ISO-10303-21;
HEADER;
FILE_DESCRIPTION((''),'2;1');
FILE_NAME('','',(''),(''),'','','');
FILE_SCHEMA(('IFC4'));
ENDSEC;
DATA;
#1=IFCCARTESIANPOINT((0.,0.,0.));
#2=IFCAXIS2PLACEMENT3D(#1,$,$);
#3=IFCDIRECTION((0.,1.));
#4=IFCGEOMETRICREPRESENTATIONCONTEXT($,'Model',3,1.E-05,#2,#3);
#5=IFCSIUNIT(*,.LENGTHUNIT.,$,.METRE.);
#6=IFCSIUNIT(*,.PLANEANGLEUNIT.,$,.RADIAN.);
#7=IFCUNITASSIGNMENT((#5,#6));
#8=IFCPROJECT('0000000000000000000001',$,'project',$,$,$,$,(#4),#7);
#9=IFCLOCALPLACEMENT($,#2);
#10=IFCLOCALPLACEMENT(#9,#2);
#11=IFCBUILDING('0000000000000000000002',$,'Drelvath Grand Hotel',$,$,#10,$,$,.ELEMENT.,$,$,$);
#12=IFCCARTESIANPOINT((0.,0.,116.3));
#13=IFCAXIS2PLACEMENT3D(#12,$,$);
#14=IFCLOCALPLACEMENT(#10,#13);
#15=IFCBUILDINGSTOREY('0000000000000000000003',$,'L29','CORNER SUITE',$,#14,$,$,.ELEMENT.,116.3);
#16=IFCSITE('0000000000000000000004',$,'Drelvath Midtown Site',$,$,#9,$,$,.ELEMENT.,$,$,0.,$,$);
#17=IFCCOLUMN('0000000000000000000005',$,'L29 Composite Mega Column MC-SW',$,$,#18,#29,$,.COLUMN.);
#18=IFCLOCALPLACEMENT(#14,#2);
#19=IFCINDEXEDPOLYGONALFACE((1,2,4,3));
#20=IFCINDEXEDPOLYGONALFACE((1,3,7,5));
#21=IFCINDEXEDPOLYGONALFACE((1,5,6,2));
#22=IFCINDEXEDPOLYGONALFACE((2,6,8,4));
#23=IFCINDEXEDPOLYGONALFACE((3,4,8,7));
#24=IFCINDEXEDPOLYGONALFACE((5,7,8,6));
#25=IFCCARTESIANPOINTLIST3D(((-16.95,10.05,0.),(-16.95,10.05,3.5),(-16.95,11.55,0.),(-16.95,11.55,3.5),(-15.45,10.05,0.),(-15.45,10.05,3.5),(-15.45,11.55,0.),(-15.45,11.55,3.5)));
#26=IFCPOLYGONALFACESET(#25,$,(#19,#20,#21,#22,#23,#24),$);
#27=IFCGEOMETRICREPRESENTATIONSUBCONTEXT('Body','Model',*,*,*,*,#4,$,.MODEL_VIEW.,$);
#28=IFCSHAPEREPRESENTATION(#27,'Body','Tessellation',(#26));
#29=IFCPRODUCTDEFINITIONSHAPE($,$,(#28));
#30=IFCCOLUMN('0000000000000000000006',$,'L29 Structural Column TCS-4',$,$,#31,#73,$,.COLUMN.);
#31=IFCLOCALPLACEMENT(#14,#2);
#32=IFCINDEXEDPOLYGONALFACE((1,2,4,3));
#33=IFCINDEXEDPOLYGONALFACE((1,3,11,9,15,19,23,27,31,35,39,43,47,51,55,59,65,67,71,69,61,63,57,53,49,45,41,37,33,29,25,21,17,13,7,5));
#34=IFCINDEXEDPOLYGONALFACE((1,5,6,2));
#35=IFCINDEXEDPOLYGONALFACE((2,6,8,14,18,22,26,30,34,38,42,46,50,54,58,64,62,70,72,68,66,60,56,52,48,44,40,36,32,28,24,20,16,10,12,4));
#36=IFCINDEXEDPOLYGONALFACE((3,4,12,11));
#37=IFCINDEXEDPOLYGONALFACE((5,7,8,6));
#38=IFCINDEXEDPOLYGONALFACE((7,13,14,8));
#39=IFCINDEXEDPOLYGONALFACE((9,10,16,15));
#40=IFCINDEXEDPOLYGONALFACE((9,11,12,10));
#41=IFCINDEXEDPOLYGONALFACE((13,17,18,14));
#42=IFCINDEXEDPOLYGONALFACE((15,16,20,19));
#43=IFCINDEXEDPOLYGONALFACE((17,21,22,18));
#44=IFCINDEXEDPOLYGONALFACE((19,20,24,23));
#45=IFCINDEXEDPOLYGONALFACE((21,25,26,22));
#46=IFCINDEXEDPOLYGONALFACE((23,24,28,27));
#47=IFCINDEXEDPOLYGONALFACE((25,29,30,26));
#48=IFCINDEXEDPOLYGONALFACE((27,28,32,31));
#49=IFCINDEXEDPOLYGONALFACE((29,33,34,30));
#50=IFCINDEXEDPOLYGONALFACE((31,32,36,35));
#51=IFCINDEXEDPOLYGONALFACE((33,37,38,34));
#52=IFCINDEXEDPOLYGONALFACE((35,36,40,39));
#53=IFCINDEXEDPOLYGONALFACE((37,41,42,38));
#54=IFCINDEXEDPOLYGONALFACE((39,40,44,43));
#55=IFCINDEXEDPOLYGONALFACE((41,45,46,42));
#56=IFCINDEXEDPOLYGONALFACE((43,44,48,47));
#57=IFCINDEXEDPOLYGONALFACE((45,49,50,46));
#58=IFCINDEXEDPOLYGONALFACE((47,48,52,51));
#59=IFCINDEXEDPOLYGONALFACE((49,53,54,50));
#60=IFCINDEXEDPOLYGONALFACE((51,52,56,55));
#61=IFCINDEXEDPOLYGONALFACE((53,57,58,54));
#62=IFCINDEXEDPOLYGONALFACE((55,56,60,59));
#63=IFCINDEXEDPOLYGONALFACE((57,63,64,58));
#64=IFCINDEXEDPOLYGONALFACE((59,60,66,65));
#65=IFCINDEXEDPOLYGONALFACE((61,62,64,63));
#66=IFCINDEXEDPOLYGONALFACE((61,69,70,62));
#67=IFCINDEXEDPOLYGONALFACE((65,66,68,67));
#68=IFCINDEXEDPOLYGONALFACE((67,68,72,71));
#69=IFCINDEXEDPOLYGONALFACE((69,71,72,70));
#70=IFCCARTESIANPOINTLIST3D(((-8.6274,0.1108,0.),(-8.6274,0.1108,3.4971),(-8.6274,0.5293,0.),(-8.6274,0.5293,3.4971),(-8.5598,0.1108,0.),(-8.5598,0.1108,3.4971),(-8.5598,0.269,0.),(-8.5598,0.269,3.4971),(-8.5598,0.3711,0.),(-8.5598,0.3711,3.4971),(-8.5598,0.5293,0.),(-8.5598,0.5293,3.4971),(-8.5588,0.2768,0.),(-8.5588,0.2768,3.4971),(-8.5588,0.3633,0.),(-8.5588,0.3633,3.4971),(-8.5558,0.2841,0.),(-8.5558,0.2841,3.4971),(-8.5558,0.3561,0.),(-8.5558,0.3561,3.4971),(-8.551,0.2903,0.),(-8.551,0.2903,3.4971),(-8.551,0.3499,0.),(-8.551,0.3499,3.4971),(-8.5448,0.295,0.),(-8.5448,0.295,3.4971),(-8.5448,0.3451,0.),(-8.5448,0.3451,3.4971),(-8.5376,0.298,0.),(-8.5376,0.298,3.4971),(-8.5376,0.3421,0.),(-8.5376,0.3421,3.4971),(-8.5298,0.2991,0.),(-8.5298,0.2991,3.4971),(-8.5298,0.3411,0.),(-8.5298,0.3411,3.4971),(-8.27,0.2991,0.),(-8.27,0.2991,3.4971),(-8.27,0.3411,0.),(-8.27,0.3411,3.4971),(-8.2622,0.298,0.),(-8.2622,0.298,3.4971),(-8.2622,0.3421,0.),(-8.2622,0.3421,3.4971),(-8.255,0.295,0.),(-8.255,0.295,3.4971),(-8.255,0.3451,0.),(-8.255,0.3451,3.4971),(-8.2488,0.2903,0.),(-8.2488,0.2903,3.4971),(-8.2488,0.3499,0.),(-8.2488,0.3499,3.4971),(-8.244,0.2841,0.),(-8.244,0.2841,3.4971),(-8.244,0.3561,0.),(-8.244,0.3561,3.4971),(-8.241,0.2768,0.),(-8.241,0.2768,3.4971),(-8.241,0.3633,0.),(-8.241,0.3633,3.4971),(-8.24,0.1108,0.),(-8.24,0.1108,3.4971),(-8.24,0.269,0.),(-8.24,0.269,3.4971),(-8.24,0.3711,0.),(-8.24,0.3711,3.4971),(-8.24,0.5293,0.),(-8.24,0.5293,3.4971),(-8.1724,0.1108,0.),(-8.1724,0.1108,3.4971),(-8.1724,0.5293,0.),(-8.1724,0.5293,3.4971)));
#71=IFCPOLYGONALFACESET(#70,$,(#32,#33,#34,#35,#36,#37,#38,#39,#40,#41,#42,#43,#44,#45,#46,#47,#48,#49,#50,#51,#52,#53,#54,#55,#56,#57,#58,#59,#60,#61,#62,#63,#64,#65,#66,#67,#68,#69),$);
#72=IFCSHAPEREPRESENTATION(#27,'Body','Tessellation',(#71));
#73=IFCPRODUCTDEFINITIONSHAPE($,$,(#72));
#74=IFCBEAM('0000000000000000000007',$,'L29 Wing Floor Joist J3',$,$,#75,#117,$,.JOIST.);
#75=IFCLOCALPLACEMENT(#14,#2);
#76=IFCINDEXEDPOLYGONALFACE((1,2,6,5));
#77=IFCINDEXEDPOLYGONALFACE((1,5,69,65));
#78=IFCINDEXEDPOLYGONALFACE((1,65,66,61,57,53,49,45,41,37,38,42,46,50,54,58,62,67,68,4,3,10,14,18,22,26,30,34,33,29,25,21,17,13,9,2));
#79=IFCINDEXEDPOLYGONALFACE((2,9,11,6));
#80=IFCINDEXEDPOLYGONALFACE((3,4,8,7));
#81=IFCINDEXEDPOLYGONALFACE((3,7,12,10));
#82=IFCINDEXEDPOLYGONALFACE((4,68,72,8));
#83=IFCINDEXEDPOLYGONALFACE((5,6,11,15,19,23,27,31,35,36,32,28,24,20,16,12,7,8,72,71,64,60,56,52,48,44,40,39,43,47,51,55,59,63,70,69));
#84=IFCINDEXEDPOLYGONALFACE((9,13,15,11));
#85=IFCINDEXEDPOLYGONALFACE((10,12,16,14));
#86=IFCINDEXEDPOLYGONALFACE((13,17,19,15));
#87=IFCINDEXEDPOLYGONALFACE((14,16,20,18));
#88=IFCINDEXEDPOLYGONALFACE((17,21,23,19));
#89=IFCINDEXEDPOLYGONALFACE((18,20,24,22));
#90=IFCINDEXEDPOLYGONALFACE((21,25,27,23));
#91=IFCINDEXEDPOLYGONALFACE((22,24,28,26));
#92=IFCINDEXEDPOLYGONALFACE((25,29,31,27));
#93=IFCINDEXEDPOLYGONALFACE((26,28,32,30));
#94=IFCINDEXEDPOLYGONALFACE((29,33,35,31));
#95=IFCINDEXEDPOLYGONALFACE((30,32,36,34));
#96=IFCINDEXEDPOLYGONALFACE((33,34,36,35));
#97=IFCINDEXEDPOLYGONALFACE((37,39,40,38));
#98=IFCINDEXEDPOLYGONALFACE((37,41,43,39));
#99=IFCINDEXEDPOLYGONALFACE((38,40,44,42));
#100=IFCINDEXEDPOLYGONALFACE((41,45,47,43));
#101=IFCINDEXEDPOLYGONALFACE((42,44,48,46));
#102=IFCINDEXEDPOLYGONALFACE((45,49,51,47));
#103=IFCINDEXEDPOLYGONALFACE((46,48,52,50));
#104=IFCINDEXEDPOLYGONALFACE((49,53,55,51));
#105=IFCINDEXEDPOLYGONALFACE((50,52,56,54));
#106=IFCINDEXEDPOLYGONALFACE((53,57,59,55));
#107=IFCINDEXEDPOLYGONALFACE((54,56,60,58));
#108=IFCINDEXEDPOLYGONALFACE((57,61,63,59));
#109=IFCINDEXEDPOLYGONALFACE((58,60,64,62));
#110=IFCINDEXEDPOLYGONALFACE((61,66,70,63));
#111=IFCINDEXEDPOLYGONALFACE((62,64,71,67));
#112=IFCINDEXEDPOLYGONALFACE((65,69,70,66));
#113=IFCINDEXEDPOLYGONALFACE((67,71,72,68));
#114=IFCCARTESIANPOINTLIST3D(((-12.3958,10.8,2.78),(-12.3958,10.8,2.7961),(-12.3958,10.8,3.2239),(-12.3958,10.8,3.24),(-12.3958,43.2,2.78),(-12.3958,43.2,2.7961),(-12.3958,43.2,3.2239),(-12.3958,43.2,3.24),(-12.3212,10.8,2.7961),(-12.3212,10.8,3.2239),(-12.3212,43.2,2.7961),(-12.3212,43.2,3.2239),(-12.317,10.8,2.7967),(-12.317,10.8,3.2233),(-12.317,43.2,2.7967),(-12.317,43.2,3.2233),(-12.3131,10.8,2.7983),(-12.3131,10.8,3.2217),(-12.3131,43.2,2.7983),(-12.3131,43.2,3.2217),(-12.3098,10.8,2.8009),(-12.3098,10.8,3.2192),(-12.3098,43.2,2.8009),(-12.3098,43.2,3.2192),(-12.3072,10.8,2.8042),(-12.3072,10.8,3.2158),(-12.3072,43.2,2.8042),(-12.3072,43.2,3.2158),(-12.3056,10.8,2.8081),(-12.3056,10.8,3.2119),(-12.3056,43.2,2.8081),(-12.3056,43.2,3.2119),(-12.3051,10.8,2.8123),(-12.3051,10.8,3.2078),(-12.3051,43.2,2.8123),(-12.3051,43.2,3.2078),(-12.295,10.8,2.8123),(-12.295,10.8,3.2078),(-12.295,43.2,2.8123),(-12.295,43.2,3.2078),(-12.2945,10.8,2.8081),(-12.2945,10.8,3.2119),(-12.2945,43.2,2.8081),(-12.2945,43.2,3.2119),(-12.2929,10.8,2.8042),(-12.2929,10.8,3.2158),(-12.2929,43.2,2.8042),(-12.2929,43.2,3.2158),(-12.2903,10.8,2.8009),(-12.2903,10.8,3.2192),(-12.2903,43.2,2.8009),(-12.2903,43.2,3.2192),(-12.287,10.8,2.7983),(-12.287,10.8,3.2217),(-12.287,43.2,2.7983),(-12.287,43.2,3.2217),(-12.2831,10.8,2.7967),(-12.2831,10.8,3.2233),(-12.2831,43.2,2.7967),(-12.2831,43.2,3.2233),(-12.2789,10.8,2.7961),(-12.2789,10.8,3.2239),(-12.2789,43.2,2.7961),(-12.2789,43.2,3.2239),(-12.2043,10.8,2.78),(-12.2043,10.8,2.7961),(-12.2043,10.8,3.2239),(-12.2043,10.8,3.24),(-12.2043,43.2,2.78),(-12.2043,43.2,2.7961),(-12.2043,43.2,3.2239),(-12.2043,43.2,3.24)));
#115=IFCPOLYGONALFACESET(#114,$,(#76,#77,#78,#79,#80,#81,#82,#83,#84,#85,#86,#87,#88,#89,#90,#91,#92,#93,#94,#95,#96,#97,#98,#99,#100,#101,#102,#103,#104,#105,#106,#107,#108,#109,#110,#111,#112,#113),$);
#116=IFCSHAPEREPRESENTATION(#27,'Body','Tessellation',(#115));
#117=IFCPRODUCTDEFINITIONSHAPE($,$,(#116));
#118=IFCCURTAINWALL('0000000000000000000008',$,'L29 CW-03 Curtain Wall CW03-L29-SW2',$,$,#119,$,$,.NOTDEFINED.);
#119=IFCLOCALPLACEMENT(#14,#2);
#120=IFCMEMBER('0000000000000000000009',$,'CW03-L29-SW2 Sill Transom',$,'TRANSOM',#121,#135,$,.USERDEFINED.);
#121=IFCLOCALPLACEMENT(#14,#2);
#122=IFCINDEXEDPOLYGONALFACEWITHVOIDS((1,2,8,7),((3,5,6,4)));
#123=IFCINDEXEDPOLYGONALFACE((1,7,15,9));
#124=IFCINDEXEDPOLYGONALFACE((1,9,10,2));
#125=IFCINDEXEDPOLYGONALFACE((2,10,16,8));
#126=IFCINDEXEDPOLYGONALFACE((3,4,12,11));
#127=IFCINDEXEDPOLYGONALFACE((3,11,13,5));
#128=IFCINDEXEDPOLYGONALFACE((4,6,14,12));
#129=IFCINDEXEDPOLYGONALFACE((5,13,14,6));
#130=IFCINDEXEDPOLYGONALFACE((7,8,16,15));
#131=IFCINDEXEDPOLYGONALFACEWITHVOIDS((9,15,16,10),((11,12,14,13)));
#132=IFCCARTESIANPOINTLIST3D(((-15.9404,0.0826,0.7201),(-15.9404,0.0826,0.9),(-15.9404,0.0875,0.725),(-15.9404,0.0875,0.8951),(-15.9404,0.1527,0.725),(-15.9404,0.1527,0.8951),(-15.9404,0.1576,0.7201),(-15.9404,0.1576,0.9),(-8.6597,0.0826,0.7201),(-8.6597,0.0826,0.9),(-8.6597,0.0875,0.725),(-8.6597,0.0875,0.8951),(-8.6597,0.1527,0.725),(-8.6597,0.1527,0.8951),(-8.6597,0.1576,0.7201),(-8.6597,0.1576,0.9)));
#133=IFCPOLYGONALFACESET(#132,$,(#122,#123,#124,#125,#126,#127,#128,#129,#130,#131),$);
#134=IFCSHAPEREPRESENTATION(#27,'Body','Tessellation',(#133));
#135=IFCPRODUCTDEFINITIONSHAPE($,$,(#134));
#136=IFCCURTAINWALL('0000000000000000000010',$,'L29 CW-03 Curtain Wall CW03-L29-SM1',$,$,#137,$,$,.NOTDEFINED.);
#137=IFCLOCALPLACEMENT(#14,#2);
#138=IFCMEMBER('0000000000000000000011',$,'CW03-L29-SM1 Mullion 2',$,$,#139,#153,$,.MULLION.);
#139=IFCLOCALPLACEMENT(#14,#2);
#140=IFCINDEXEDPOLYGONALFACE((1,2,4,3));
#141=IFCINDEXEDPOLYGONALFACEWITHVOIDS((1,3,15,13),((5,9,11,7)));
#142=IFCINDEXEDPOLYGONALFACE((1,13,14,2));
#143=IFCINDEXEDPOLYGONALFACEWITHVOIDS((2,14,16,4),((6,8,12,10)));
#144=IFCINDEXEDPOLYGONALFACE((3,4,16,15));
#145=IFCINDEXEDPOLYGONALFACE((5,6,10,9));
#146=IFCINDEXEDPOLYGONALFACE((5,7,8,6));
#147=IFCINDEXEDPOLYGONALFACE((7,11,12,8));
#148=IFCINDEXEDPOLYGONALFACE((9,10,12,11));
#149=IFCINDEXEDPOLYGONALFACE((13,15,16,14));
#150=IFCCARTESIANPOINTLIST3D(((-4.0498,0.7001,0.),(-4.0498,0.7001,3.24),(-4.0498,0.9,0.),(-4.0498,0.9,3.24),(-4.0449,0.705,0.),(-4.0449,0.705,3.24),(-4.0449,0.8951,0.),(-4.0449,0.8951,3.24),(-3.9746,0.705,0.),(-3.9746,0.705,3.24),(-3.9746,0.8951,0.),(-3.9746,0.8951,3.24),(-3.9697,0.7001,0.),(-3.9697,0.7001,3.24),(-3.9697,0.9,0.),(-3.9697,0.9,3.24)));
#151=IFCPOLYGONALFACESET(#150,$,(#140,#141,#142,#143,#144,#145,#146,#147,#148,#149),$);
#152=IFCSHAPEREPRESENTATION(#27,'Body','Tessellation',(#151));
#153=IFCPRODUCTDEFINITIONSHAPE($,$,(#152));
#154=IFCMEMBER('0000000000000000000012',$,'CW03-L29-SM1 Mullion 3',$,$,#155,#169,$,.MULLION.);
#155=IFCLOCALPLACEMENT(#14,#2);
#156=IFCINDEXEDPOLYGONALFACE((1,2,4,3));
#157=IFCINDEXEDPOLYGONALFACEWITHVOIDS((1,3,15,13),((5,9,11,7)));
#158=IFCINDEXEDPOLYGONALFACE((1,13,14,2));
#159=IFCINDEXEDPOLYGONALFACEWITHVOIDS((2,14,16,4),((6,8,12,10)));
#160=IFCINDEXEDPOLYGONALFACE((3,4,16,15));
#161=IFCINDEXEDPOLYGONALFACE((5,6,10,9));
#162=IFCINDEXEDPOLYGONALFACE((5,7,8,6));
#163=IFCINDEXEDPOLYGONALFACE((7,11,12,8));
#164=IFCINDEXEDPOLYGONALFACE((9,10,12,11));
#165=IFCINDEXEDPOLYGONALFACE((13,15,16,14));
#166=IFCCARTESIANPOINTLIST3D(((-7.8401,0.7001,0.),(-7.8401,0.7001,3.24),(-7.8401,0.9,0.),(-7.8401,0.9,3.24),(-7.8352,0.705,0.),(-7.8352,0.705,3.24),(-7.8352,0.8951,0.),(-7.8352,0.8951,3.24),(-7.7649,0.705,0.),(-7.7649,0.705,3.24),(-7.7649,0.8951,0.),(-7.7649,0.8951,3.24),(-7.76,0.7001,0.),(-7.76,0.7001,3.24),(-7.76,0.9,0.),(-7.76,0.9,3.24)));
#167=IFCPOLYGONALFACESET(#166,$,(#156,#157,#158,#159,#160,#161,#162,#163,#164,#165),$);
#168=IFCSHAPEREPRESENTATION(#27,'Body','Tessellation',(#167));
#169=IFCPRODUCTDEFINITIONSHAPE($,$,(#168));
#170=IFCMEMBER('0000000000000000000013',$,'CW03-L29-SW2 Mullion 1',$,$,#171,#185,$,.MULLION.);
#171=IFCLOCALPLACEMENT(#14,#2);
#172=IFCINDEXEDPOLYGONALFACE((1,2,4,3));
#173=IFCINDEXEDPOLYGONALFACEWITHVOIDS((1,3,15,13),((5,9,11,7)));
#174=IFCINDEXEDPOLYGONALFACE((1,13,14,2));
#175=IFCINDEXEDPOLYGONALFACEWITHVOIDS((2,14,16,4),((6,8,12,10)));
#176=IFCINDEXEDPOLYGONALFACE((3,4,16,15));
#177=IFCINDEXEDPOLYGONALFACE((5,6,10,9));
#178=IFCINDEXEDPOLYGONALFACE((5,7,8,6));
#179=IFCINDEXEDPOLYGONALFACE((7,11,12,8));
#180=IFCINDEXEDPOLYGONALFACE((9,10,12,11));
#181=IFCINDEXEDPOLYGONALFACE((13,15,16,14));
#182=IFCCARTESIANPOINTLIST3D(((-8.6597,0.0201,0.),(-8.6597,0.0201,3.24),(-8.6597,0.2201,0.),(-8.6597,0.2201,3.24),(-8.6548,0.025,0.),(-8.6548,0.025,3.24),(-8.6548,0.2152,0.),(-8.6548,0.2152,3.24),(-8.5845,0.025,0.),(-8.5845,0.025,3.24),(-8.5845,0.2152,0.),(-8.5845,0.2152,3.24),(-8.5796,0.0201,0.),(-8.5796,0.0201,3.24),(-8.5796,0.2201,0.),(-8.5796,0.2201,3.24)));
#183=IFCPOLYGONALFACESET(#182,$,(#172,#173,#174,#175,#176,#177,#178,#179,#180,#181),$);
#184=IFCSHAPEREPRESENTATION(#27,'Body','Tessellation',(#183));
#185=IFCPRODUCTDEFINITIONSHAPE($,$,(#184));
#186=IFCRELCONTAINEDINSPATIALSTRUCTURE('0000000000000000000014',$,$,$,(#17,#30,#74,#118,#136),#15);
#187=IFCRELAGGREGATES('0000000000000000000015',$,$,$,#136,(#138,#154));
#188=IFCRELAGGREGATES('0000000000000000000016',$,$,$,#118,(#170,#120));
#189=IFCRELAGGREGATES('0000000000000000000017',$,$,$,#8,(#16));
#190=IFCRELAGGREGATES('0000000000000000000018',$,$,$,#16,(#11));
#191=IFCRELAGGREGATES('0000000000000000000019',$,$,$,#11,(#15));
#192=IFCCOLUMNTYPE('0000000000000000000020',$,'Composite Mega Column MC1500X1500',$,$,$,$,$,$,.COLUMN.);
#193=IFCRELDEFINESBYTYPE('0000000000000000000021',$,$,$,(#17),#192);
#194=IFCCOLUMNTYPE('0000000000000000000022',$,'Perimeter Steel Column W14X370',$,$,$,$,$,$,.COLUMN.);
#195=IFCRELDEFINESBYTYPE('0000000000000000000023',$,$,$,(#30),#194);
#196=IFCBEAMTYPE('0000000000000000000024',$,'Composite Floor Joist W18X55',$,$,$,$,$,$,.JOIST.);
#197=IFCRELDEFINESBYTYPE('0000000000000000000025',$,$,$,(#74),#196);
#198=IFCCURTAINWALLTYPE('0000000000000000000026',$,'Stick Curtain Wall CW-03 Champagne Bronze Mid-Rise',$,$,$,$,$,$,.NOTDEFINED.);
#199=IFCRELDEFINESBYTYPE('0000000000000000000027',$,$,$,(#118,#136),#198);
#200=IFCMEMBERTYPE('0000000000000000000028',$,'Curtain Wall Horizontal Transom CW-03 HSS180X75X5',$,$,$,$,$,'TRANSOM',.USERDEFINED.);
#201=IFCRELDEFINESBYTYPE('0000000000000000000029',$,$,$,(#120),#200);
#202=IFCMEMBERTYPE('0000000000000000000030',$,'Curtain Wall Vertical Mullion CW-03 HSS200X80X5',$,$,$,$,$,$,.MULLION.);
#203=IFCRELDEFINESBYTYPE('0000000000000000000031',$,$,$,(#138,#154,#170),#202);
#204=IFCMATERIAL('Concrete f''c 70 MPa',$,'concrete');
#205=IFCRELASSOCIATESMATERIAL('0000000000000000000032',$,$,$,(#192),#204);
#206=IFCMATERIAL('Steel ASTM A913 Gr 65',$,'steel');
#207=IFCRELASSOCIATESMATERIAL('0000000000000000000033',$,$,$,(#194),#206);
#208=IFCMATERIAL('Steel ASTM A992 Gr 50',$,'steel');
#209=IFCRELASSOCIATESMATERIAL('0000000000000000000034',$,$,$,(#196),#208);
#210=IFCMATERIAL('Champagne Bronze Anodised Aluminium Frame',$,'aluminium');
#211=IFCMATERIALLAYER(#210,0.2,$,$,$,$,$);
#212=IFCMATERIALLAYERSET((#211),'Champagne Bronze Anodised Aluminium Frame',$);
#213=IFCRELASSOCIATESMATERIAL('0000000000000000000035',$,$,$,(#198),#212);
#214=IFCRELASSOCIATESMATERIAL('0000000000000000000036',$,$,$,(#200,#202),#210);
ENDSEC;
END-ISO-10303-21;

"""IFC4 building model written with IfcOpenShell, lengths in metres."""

from ifc_helpers import new_model, si_unit, direction, frame, origin, origin_2d, place, context, subcontext, project, spatial, rectangle, hollow_rectangle, i_section, extrude, material, layer, layer_set, material_profile, profile_set, type_object, element, aggregate, save


model = new_model("IFC4")

# Units and contexts
model_context = context("Model", 3, precision=1e-05, world=origin(), true_north=direction((0.0, 1.0)))
body_context = subcontext(model_context, "Body", "Model", "MODEL_VIEW")
ifc_project = project(units=[si_unit("LENGTHUNIT", "METRE"), si_unit("PLANEANGLEUNIT", "RADIAN")], contexts=[model_context])

# Site, building, storey
site_placement = place(None, origin())
site = spatial("IfcSite", under=ifc_project, at=site_placement, Name="Drelvath Midtown Site", CompositionType="ELEMENT", RefElevation=0.0)
building_placement = place(site_placement, origin())
building = spatial("IfcBuilding", under=site, at=building_placement, Name="Drelvath Grand Hotel", CompositionType="ELEMENT")
storey_placement = place(building_placement, frame((0.0, 0.0, 116.3)))
storey = spatial("IfcBuildingStorey", under=building, at=storey_placement, Name="L29", Description="CORNER SUITE", CompositionType="ELEMENT", Elevation=116.3)

# Columns
ifc_material_1 = material(Name="Concrete f'c 70 MPa", Category="concrete")
ifc_material_profile_1 = material_profile(ifc_material_1, rectangle(XDim=1.5, YDim=1.5, at=origin_2d()), Name="MC1500X1500")
ifc_profile_set_1 = profile_set([ifc_material_profile_1], Name="Concrete f'c 70 MPa")
column_type_1 = type_object("IfcColumnType", Name="Composite Mega Column MC1500X1500", PredefinedType="COLUMN", material=ifc_profile_set_1)
column_1_placement = place(storey_placement, frame((-16.2, 10.8, 0.0), z_axis=(0.0, 0.0, 1.0), x_axis=(1.0, 0.0, 0.0)))
element("IfcColumn", 1, at=column_1_placement, inside=storey, type_object=column_type_1, Name="L29 Composite Mega Column MC-SW", PredefinedType="COLUMN", context=body_context, shape_type="SweptSolid", body=[
    extrude(rectangle(XDim=1.5, YDim=1.5, at=origin_2d()), origin(), (0.0, 0.0, 1.0), 3.5),
])
ifc_material_2 = material(Name="Steel ASTM A913 Gr 65", Category="steel")
ifc_material_profile_2 = material_profile(ifc_material_2, i_section(OverallWidth=0.4185, OverallDepth=0.4551, WebThickness=0.042, FlangeThickness=0.0676, FilletRadius=0.03, at=origin_2d()), Name="W14X370")
ifc_profile_set_2 = profile_set([ifc_material_profile_2], Name="Steel ASTM A913 Gr 65")
column_type_2 = type_object("IfcColumnType", Name="Perimeter Steel Column W14X370", PredefinedType="COLUMN", material=ifc_profile_set_2)
column_2_placement = place(storey_placement, frame((-8.3999, 0.3201, 0.0), z_axis=(0.0, 0.0, 1.0), x_axis=(0.0, 1.0, 0.0)))
element("IfcColumn", 2, at=column_2_placement, inside=storey, type_object=column_type_2, Name="L29 Structural Column TCS-4", PredefinedType="COLUMN", context=body_context, shape_type="SweptSolid", body=[
    extrude(i_section(OverallWidth=0.4185, OverallDepth=0.4551, WebThickness=0.042, FlangeThickness=0.0676, FilletRadius=0.03, at=origin_2d()), origin(), (0.0, 0.0, 1.0), 3.4971),
])

# Beam
ifc_material_3 = material(Name="Steel ASTM A992 Gr 50", Category="steel")
ifc_material_profile_3 = material_profile(ifc_material_3, i_section(OverallWidth=0.1914, OverallDepth=0.46, WebThickness=0.01, FlangeThickness=0.0161, FilletRadius=0.0161, at=origin_2d()), Name="W18X55")
ifc_profile_set_3 = profile_set([ifc_material_profile_3], Name="Steel ASTM A992 Gr 50")
beam_type_1 = type_object("IfcBeamType", Name="Composite Floor Joist W18X55", PredefinedType="JOIST", material=ifc_profile_set_3)
beam_1_placement = place(storey_placement, frame((-12.3, 10.8, 3.01), z_axis=(0.0, 1.0, 0.0), x_axis=(-1.0, 0.0, 0.0)))
element("IfcBeam", 3, at=beam_1_placement, inside=storey, type_object=beam_type_1, Name="L29 Wing Floor Joist J3", PredefinedType="JOIST", context=body_context, shape_type="SweptSolid", body=[
    extrude(i_section(OverallWidth=0.1914, OverallDepth=0.46, WebThickness=0.01, FlangeThickness=0.0161, FilletRadius=0.0161, at=origin_2d()), origin(), (0.0, 0.0, 1.0), 32.3999),
])

# Curtain wall, member
ifc_material_4 = material(Name="Champagne Bronze Anodised Aluminium Frame", Category="aluminium")
ifc_layer_1 = layer(ifc_material_4, 0.2)
ifc_layer_set_1 = layer_set([ifc_layer_1], Name="Champagne Bronze Anodised Aluminium Frame")
curtain_wall_type = type_object("IfcCurtainWallType", Name="Stick Curtain Wall CW-03 Champagne Bronze Mid-Rise", PredefinedType="NOTDEFINED", material=ifc_layer_set_1)
curtain_wall_1_placement = place(storey_placement, origin())
curtain_wall_1 = element("IfcCurtainWall", 4, at=curtain_wall_1_placement, inside=storey, type_object=curtain_wall_type, Name="L29 CW-03 Curtain Wall CW03-L29-SW2", PredefinedType="NOTDEFINED")
ifc_material_profile_4 = material_profile(ifc_material_4, hollow_rectangle(XDim=0.075, YDim=0.1799, WallThickness=0.0049, at=origin_2d()), Name="HSS180X75X5")
ifc_profile_set_4 = profile_set([ifc_material_profile_4], Name="Champagne Bronze Anodised Aluminium Frame")
member_type_1 = type_object("IfcMemberType", Name="Curtain Wall Horizontal Transom CW-03 HSS180X75X5", ElementType="TRANSOM", PredefinedType="USERDEFINED", material=ifc_profile_set_4)
member_1_placement = place(storey_placement, frame((-8.6597, 0.1201, 0.8101), z_axis=(-1.0, 0.0, 0.0), x_axis=(0.0, -1.0, 0.0)))
member_1 = element("IfcMember", 5, at=member_1_placement, type_object=member_type_1, Name="CW03-L29-SW2 Sill Transom", ObjectType="TRANSOM", PredefinedType="USERDEFINED", context=body_context, shape_type="SweptSolid", body=[
    extrude(hollow_rectangle(XDim=0.075, YDim=0.1799, WallThickness=0.0049, at=origin_2d()), origin(), (0.0, 0.0, 1.0), 7.2808),
])

# Curtain wall, members
curtain_wall_2_placement = place(storey_placement, origin())
curtain_wall_2 = element("IfcCurtainWall", 6, at=curtain_wall_2_placement, inside=storey, type_object=curtain_wall_type, Name="L29 CW-03 Curtain Wall CW03-L29-SM1", PredefinedType="NOTDEFINED")
ifc_material_profile_5 = material_profile(ifc_material_4, hollow_rectangle(XDim=0.0801, YDim=0.2, WallThickness=0.0049, at=origin_2d()), Name="HSS200X80X5")
ifc_profile_set_5 = profile_set([ifc_material_profile_5], Name="Champagne Bronze Anodised Aluminium Frame")
member_type_2 = type_object("IfcMemberType", Name="Curtain Wall Vertical Mullion CW-03 HSS200X80X5", PredefinedType="MULLION", material=ifc_profile_set_5)
member_2_placement = place(storey_placement, frame((-4.0098, 0.8, 0.0), z_axis=(0.0, 0.0, 1.0), x_axis=(1.0, 0.0, 0.0)))
member_2 = element("IfcMember", 7, at=member_2_placement, type_object=member_type_2, Name="CW03-L29-SM1 Mullion 2", PredefinedType="MULLION", context=body_context, shape_type="SweptSolid", body=[
    extrude(hollow_rectangle(XDim=0.0801, YDim=0.2, WallThickness=0.0049, at=origin_2d()), origin(), (0.0, 0.0, 1.0), 3.24),
])
member_3_placement = place(storey_placement, frame((-7.8, 0.8, 0.0), z_axis=(0.0, 0.0, 1.0), x_axis=(1.0, 0.0, 0.0)))
member_3 = element("IfcMember", 8, at=member_3_placement, type_object=member_type_2, Name="CW03-L29-SM1 Mullion 3", PredefinedType="MULLION", context=body_context, shape_type="SweptSolid", body=[
    extrude(hollow_rectangle(XDim=0.0801, YDim=0.2, WallThickness=0.0049, at=origin_2d()), origin(), (0.0, 0.0, 1.0), 3.24),
])

# Member
member_4_placement = place(storey_placement, frame((-8.6196, 0.1201, 0.0), z_axis=(0.0, 0.0, 1.0), x_axis=(1.0, 0.0, 0.0)))
member_4 = element("IfcMember", 9, at=member_4_placement, type_object=member_type_2, Name="CW03-L29-SW2 Mullion 1", PredefinedType="MULLION", context=body_context, shape_type="SweptSolid", body=[
    extrude(hollow_rectangle(XDim=0.0801, YDim=0.2, WallThickness=0.0049, at=origin_2d()), origin(), (0.0, 0.0, 1.0), 3.24),
])

aggregate(curtain_wall_2, [member_2, member_3])
aggregate(curtain_wall_1, [member_4, member_1])

save(model, "model.ifc")
